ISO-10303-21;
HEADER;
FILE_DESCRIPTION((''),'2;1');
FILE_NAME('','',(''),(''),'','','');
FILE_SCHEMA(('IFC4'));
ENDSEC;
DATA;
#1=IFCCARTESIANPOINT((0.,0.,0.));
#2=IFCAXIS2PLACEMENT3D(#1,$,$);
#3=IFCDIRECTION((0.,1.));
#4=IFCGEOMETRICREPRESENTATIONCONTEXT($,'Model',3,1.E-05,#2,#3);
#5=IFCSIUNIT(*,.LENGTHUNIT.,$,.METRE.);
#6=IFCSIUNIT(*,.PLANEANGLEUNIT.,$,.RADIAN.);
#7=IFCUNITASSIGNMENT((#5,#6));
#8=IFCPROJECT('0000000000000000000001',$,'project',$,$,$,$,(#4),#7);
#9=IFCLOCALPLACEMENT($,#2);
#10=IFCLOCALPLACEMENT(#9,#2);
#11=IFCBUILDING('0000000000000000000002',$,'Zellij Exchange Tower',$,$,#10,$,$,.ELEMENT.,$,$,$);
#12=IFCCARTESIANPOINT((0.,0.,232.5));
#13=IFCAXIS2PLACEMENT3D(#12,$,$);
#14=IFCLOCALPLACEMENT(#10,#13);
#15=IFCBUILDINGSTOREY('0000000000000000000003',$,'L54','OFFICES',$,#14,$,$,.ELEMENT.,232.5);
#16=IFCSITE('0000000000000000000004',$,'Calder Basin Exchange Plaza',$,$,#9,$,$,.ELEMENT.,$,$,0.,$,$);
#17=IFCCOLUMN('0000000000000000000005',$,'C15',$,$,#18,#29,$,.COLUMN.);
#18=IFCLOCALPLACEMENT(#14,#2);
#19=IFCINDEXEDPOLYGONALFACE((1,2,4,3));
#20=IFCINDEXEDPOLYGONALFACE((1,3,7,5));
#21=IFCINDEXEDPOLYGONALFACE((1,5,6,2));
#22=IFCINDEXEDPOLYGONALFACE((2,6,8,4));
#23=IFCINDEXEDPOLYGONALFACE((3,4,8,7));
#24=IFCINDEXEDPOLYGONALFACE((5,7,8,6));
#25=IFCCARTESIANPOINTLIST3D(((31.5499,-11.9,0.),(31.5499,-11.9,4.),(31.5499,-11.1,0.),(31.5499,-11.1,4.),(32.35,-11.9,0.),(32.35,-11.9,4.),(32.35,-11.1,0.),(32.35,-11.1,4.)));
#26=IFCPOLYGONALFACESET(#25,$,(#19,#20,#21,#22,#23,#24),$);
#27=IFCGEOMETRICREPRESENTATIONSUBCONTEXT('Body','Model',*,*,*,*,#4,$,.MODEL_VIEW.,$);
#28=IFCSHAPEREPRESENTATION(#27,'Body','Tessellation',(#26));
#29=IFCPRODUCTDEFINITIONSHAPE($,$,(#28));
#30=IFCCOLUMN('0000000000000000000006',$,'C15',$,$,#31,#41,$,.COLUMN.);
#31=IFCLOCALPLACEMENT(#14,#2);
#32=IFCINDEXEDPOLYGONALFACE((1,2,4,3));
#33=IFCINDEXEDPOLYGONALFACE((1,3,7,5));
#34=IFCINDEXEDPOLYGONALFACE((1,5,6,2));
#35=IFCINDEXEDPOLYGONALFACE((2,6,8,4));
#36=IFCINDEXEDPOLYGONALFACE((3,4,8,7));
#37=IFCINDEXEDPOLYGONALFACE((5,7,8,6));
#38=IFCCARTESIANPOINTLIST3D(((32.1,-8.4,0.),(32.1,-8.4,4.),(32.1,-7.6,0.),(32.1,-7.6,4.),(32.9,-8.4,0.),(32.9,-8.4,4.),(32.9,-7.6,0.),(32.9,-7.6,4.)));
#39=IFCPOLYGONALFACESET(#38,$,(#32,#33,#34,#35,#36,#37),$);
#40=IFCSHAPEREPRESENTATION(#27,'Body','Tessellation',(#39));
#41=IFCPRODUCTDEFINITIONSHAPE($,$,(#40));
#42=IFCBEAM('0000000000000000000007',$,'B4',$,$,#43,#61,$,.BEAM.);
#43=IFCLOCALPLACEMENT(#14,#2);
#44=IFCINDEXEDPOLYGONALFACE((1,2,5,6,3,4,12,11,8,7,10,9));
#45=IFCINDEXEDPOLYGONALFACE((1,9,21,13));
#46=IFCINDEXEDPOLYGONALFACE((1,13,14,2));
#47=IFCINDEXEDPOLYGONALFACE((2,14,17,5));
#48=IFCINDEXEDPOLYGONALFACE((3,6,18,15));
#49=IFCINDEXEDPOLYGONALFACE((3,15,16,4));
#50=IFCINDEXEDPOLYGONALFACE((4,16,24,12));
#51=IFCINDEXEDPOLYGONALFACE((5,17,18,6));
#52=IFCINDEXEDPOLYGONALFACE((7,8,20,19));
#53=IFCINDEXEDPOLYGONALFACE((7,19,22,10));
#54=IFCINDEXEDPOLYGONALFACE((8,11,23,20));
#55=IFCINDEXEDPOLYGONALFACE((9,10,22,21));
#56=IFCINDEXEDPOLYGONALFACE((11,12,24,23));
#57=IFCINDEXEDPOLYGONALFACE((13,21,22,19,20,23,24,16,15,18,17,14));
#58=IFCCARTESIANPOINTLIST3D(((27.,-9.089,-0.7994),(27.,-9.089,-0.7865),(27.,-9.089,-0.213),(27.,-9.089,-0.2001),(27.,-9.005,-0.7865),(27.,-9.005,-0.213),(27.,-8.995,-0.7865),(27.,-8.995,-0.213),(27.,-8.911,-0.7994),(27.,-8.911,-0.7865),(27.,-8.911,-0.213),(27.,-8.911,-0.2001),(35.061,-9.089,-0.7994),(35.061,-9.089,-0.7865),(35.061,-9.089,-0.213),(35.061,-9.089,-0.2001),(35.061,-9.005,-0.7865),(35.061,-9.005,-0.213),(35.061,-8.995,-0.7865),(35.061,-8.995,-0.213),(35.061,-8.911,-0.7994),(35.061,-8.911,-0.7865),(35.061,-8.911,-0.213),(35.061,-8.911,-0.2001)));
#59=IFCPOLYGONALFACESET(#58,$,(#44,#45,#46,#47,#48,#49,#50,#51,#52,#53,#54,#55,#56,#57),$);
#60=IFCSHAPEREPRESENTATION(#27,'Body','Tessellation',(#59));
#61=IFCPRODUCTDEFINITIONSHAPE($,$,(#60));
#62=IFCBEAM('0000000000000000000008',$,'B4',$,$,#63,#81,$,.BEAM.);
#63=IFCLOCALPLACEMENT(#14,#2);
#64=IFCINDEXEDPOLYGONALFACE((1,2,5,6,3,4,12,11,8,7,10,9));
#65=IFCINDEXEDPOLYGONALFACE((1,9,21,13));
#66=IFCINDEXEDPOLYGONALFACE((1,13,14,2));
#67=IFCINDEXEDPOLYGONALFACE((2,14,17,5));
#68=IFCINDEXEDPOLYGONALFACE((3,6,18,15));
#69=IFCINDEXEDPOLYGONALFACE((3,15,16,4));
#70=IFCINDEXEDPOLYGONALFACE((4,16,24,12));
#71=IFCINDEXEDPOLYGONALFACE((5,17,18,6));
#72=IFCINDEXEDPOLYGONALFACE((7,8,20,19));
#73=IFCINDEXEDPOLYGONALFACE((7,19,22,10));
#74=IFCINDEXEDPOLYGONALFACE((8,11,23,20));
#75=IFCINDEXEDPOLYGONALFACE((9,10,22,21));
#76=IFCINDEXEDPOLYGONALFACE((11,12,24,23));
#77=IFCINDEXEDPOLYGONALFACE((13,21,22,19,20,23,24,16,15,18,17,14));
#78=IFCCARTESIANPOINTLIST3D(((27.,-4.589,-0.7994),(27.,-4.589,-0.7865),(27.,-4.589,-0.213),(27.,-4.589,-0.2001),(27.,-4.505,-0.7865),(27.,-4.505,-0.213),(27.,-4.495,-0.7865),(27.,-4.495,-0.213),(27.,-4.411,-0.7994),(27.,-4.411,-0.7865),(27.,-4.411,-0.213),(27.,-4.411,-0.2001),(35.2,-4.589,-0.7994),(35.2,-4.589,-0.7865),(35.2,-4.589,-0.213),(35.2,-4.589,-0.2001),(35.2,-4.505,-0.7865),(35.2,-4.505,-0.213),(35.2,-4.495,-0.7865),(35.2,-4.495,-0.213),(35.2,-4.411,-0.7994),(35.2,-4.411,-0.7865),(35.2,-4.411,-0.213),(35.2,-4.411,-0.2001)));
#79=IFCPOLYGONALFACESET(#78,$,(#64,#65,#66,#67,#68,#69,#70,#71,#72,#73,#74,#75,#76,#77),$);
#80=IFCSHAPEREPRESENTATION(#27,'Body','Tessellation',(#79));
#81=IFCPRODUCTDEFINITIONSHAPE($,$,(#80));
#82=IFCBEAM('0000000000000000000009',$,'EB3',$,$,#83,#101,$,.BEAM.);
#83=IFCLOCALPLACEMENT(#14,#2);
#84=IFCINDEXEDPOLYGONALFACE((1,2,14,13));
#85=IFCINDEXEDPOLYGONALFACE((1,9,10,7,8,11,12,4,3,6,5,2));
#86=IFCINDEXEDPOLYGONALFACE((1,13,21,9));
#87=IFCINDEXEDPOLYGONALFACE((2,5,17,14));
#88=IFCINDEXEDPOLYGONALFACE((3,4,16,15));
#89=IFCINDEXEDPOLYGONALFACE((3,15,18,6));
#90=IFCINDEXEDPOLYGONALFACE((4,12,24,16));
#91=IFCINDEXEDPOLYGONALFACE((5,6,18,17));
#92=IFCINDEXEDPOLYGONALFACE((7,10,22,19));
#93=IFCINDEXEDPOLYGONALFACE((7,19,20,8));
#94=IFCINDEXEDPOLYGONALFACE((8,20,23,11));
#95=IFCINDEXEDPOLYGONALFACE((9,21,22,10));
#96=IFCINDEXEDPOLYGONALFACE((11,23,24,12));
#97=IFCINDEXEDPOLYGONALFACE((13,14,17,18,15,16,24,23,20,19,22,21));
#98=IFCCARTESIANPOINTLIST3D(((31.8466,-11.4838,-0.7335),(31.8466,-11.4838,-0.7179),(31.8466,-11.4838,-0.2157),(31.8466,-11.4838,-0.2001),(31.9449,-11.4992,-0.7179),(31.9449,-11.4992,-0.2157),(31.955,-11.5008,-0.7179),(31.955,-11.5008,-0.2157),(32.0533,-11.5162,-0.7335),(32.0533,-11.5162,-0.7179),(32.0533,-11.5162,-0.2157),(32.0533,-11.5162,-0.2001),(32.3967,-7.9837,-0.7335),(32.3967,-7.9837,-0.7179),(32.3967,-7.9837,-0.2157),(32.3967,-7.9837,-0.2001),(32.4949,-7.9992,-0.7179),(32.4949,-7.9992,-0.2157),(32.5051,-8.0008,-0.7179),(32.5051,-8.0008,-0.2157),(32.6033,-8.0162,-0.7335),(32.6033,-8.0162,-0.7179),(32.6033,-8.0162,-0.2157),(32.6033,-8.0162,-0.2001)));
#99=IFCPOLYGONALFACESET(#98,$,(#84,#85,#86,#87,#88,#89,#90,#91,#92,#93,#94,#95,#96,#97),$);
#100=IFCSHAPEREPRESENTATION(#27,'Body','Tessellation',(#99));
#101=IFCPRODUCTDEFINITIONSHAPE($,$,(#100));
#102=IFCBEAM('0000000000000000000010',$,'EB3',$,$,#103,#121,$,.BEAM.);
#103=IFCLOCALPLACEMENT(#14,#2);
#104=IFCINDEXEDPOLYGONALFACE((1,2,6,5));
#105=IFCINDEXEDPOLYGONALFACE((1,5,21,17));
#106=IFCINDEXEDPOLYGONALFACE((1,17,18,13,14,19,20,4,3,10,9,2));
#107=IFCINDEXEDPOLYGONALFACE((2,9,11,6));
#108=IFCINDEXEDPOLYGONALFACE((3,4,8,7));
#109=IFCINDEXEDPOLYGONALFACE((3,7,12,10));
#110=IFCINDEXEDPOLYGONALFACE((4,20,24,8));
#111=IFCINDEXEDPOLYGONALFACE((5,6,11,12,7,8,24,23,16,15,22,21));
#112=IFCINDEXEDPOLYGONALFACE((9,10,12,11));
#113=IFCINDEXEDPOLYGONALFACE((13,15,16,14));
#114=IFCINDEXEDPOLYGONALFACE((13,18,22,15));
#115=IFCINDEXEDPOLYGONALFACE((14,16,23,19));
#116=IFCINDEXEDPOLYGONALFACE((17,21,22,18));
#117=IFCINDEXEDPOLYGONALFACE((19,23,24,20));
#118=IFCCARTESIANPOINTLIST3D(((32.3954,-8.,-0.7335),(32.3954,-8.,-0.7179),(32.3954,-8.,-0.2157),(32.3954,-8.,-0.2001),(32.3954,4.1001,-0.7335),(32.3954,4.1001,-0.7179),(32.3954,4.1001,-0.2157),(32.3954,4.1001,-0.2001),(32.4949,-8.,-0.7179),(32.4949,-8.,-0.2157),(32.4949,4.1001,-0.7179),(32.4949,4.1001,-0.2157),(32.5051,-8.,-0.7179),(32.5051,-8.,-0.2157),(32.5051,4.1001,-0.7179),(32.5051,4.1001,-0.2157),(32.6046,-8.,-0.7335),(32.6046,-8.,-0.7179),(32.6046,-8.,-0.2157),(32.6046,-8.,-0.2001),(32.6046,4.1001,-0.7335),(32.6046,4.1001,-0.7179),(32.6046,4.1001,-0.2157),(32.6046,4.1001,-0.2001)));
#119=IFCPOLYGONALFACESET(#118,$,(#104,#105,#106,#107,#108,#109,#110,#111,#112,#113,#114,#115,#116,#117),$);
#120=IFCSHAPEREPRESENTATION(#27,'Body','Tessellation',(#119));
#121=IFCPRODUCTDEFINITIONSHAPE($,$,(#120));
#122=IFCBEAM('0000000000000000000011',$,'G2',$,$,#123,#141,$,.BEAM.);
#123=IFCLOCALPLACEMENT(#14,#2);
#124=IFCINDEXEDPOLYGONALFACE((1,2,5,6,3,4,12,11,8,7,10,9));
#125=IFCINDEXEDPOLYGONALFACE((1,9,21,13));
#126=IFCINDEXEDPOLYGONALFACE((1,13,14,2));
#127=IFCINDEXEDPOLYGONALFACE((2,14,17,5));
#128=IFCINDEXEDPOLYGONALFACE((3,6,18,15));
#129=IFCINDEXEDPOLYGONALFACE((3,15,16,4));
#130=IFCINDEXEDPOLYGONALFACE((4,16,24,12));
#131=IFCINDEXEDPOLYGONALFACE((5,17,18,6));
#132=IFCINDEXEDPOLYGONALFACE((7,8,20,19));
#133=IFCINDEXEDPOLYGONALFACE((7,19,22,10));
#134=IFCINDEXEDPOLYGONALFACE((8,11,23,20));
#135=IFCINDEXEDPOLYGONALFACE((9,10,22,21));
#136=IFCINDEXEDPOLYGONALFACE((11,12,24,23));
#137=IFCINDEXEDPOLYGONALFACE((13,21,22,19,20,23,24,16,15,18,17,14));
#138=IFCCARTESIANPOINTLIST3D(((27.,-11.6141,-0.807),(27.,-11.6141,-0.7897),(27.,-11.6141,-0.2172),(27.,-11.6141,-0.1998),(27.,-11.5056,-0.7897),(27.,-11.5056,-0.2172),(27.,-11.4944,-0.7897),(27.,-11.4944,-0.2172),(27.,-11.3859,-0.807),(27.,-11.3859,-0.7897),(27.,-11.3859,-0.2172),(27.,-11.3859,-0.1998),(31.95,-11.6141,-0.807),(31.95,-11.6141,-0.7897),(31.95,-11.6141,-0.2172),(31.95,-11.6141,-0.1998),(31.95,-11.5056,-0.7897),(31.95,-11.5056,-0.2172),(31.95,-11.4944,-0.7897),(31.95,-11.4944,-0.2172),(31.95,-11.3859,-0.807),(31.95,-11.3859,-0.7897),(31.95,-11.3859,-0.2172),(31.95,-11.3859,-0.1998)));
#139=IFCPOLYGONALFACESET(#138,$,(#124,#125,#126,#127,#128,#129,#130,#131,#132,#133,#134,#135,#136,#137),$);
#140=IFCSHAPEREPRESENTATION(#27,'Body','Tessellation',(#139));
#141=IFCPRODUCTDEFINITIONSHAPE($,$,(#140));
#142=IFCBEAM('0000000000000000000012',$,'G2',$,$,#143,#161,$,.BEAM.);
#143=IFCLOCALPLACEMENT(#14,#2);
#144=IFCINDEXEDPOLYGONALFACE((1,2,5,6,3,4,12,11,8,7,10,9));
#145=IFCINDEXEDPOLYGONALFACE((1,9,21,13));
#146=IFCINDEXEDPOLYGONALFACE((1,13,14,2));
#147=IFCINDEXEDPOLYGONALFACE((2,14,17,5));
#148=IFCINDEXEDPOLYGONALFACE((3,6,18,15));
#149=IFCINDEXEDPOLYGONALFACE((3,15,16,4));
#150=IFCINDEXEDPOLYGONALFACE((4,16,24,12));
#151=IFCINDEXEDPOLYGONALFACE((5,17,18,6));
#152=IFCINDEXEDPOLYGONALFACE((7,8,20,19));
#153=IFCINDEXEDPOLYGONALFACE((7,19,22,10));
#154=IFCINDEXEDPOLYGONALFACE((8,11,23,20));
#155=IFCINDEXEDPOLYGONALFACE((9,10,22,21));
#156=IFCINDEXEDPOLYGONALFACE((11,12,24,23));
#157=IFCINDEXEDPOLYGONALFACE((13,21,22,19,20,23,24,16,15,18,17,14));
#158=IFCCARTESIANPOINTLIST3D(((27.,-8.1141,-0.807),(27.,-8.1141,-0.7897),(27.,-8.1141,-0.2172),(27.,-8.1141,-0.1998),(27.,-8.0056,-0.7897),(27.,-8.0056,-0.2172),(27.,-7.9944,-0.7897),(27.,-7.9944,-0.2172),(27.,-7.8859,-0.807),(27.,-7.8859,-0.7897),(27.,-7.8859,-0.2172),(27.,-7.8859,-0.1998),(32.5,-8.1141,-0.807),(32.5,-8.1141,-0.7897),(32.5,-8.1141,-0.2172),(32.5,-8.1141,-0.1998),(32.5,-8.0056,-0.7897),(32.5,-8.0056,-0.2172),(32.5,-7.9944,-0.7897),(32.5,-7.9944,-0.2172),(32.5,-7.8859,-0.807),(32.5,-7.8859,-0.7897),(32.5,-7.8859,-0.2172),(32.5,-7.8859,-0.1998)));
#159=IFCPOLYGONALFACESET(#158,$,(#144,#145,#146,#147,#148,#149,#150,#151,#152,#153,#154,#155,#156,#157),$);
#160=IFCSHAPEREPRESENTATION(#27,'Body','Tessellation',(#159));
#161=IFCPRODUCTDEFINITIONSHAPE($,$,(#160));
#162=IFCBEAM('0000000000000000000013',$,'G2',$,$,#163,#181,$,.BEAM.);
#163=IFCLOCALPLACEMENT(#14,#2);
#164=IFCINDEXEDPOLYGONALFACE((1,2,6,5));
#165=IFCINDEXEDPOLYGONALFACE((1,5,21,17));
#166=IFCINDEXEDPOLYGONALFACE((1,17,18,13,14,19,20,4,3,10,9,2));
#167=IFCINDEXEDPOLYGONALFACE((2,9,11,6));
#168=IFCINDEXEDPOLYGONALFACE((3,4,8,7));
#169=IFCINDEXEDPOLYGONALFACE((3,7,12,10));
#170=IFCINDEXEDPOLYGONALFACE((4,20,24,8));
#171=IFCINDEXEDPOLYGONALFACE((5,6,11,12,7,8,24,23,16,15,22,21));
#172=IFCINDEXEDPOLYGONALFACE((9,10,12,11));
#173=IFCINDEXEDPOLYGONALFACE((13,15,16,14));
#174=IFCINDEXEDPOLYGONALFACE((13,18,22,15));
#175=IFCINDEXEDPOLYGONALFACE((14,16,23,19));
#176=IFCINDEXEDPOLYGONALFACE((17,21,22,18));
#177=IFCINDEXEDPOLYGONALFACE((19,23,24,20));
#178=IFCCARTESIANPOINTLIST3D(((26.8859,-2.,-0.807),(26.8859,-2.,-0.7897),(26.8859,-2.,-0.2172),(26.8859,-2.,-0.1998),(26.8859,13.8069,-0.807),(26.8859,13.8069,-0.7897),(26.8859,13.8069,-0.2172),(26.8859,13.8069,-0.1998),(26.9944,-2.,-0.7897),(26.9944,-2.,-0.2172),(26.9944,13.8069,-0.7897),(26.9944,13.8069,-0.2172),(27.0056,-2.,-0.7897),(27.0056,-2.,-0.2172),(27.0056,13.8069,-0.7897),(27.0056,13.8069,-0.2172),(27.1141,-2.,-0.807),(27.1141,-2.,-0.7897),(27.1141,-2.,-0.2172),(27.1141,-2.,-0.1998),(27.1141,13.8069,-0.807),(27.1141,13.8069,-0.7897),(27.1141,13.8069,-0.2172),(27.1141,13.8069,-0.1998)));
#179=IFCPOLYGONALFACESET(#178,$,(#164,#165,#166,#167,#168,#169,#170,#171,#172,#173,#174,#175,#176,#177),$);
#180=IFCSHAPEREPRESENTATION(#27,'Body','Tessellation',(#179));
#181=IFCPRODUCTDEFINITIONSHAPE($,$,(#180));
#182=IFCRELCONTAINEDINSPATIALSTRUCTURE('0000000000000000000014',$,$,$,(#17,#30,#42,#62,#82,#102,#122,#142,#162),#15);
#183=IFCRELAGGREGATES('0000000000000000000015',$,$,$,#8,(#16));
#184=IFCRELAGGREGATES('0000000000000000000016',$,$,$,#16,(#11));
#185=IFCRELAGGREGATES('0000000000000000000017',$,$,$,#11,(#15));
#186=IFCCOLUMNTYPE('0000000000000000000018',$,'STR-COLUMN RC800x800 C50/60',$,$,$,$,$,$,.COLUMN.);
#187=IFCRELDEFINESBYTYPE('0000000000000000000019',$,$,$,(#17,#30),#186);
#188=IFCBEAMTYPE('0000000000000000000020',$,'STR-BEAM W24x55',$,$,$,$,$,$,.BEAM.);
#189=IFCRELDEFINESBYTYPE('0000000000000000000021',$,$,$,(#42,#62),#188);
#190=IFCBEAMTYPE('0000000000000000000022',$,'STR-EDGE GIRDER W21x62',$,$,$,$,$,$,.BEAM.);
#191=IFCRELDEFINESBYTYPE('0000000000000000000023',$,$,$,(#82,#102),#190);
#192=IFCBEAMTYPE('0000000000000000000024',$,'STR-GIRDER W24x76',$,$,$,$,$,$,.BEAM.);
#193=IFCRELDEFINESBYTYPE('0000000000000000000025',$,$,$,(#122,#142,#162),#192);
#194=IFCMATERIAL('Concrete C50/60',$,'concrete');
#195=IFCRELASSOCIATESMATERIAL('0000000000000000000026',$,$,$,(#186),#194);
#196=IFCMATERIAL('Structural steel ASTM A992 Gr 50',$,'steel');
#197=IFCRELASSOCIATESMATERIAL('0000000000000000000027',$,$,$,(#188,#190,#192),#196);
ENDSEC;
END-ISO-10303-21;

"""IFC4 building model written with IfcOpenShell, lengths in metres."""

from ifc_helpers import new_model, si_unit, direction, frame, origin, origin_2d, place, context, subcontext, project, spatial, rectangle, i_section, extrude, material, material_profile, profile_set, type_object, element, save


model = new_model("IFC4")

# Units and contexts
model_context = context("Model", 3, precision=1e-05, world=origin(), true_north=direction((0.0, 1.0)))
body_context = subcontext(model_context, "Body", "Model", "MODEL_VIEW")
ifc_project = project(units=[si_unit("LENGTHUNIT", "METRE"), si_unit("PLANEANGLEUNIT", "RADIAN")], contexts=[model_context])

# Site, building, storey
site_placement = place(None, origin())
site = spatial("IfcSite", under=ifc_project, at=site_placement, Name="Calder Basin Exchange Plaza", CompositionType="ELEMENT", RefElevation=0.0)
building_placement = place(site_placement, origin())
building = spatial("IfcBuilding", under=site, at=building_placement, Name="Zellij Exchange Tower", CompositionType="ELEMENT")
storey_placement = place(building_placement, frame((0.0, 0.0, 232.5)))
storey = spatial("IfcBuildingStorey", under=building, at=storey_placement, Name="L54", Description="OFFICES", CompositionType="ELEMENT", Elevation=232.5)

# Columns
ifc_material_1 = material(Name="Concrete C50/60", Category="concrete")
ifc_material_profile_1 = material_profile(ifc_material_1, rectangle(XDim=0.8, YDim=0.8, at=origin_2d()), Name="STR-COLUMN RC800x800 C50/60")
ifc_profile_set_1 = profile_set([ifc_material_profile_1], Name="Concrete C50/60")
column_type = type_object("IfcColumnType", Name="STR-COLUMN RC800x800 C50/60", PredefinedType="COLUMN", material=ifc_profile_set_1)
for number, where, z_axis, x_axis, name in (
    (1, (31.95, -11.5, 0.0), (0.0, 0.0, 1.0), (1.0, 0.0, 0.0), "C15"),
    (2, (32.5, -8.0, 0.0), (0.0, 0.0, 1.0), (1.0, 0.0, 0.0), "C15"),
):
    element("IfcColumn", number, at=place(storey_placement, frame(where, z_axis=z_axis, x_axis=x_axis)), inside=storey, type_object=column_type, Name=name, PredefinedType="COLUMN", context=body_context, shape_type="SweptSolid", body=[
        extrude(rectangle(XDim=0.8, YDim=0.8, at=origin_2d()), origin(), (0.0, 0.0, 1.0), 4.0),
    ])

# Beams
ifc_material_2 = material(Name="Structural steel ASTM A992 Gr 50", Category="steel")
ifc_material_profile_2 = material_profile(ifc_material_2, i_section(OverallWidth=0.178, OverallDepth=0.5994, WebThickness=0.01, FlangeThickness=0.0129, at=origin_2d()), Name="W24x55")
ifc_profile_set_2 = profile_set([ifc_material_profile_2], Name="Structural steel ASTM A992 Gr 50")
beam_type_1 = type_object("IfcBeamType", Name="STR-BEAM W24x55", PredefinedType="BEAM", material=ifc_profile_set_2)
beam_1_placement = place(storey_placement, frame((27.0, -9.0, -0.4998), z_axis=(1.0, 0.0, 0.0), x_axis=(0.0, 1.0, 0.0)))
element("IfcBeam", 3, at=beam_1_placement, inside=storey, type_object=beam_type_1, Name="B4", PredefinedType="BEAM", context=body_context, shape_type="SweptSolid", body=[
    extrude(i_section(OverallWidth=0.178, OverallDepth=0.5994, WebThickness=0.01, FlangeThickness=0.0129, at=origin_2d()), origin(), (0.0, 0.0, 1.0), 8.061),
])
beam_2_placement = place(storey_placement, frame((27.0, -4.5, -0.4998), z_axis=(1.0, 0.0, 0.0), x_axis=(0.0, 1.0, 0.0)))
element("IfcBeam", 4, at=beam_2_placement, inside=storey, type_object=beam_type_1, Name="B4", PredefinedType="BEAM", context=body_context, shape_type="SweptSolid", body=[
    extrude(i_section(OverallWidth=0.178, OverallDepth=0.5994, WebThickness=0.01, FlangeThickness=0.0129, at=origin_2d()), origin(), (0.0, 0.0, 1.0), 8.2),
])
ifc_material_profile_3 = material_profile(ifc_material_2, i_section(OverallWidth=0.2092, OverallDepth=0.5334, WebThickness=0.0103, FlangeThickness=0.0156, at=origin_2d()), Name="W21x62")
ifc_profile_set_3 = profile_set([ifc_material_profile_3], Name="Structural steel ASTM A992 Gr 50")
beam_type_2 = type_object("IfcBeamType", Name="STR-EDGE GIRDER W21x62", PredefinedType="BEAM", material=ifc_profile_set_3)
beam_3_placement = place(storey_placement, frame((31.95, -11.5, -0.4668), z_axis=(0.155251, 0.987875, 0.0), x_axis=(-0.987875, 0.155251, 0.0)))
element("IfcBeam", 5, at=beam_3_placement, inside=storey, type_object=beam_type_2, Name="EB3", PredefinedType="BEAM", context=body_context, shape_type="SweptSolid", body=[
    extrude(i_section(OverallWidth=0.2092, OverallDepth=0.5334, WebThickness=0.0103, FlangeThickness=0.0156, at=origin_2d()), origin(), (0.0, 0.0, 1.0), 3.543),
])
beam_4_placement = place(storey_placement, frame((32.5, -8.0, -0.4668), z_axis=(0.0, 1.0, 0.0), x_axis=(-1.0, 0.0, 0.0)))
element("IfcBeam", 6, at=beam_4_placement, inside=storey, type_object=beam_type_2, Name="EB3", PredefinedType="BEAM", context=body_context, shape_type="SweptSolid", body=[
    extrude(i_section(OverallWidth=0.2092, OverallDepth=0.5334, WebThickness=0.0103, FlangeThickness=0.0156, at=origin_2d()), origin(), (0.0, 0.0, 1.0), 12.1001),
])
ifc_material_profile_4 = material_profile(ifc_material_2, i_section(OverallWidth=0.2283, OverallDepth=0.6072, WebThickness=0.0112, FlangeThickness=0.0173, at=origin_2d()), Name="W24x76")
ifc_profile_set_4 = profile_set([ifc_material_profile_4], Name="Structural steel ASTM A992 Gr 50")
beam_type_3 = type_object("IfcBeamType", Name="STR-GIRDER W24x76", PredefinedType="BEAM", material=ifc_profile_set_4)
beam_5_placement = place(storey_placement, frame((27.0, -11.5, -0.5034), z_axis=(1.0, 0.0, 0.0), x_axis=(0.0, 1.0, 0.0)))
element("IfcBeam", 7, at=beam_5_placement, inside=storey, type_object=beam_type_3, Name="G2", PredefinedType="BEAM", context=body_context, shape_type="SweptSolid", body=[
    extrude(i_section(OverallWidth=0.2283, OverallDepth=0.6072, WebThickness=0.0112, FlangeThickness=0.0173, at=origin_2d()), origin(), (0.0, 0.0, 1.0), 4.95),
])
beam_6_placement = place(storey_placement, frame((27.0, -8.0, -0.5034), z_axis=(1.0, 0.0, 0.0), x_axis=(0.0, 1.0, 0.0)))
element("IfcBeam", 8, at=beam_6_placement, inside=storey, type_object=beam_type_3, Name="G2", PredefinedType="BEAM", context=body_context, shape_type="SweptSolid", body=[
    extrude(i_section(OverallWidth=0.2283, OverallDepth=0.6072, WebThickness=0.0112, FlangeThickness=0.0173, at=origin_2d()), origin(), (0.0, 0.0, 1.0), 5.5),
])
beam_7_placement = place(storey_placement, frame((27.0, -2.0, -0.5034), z_axis=(0.0, 1.0, 0.0), x_axis=(-1.0, 0.0, 0.0)))
element("IfcBeam", 9, at=beam_7_placement, inside=storey, type_object=beam_type_3, Name="G2", PredefinedType="BEAM", context=body_context, shape_type="SweptSolid", body=[
    extrude(i_section(OverallWidth=0.2283, OverallDepth=0.6072, WebThickness=0.0112, FlangeThickness=0.0173, at=origin_2d()), origin(), (0.0, 0.0, 1.0), 15.8069),
])

save(model, "model.ifc")
